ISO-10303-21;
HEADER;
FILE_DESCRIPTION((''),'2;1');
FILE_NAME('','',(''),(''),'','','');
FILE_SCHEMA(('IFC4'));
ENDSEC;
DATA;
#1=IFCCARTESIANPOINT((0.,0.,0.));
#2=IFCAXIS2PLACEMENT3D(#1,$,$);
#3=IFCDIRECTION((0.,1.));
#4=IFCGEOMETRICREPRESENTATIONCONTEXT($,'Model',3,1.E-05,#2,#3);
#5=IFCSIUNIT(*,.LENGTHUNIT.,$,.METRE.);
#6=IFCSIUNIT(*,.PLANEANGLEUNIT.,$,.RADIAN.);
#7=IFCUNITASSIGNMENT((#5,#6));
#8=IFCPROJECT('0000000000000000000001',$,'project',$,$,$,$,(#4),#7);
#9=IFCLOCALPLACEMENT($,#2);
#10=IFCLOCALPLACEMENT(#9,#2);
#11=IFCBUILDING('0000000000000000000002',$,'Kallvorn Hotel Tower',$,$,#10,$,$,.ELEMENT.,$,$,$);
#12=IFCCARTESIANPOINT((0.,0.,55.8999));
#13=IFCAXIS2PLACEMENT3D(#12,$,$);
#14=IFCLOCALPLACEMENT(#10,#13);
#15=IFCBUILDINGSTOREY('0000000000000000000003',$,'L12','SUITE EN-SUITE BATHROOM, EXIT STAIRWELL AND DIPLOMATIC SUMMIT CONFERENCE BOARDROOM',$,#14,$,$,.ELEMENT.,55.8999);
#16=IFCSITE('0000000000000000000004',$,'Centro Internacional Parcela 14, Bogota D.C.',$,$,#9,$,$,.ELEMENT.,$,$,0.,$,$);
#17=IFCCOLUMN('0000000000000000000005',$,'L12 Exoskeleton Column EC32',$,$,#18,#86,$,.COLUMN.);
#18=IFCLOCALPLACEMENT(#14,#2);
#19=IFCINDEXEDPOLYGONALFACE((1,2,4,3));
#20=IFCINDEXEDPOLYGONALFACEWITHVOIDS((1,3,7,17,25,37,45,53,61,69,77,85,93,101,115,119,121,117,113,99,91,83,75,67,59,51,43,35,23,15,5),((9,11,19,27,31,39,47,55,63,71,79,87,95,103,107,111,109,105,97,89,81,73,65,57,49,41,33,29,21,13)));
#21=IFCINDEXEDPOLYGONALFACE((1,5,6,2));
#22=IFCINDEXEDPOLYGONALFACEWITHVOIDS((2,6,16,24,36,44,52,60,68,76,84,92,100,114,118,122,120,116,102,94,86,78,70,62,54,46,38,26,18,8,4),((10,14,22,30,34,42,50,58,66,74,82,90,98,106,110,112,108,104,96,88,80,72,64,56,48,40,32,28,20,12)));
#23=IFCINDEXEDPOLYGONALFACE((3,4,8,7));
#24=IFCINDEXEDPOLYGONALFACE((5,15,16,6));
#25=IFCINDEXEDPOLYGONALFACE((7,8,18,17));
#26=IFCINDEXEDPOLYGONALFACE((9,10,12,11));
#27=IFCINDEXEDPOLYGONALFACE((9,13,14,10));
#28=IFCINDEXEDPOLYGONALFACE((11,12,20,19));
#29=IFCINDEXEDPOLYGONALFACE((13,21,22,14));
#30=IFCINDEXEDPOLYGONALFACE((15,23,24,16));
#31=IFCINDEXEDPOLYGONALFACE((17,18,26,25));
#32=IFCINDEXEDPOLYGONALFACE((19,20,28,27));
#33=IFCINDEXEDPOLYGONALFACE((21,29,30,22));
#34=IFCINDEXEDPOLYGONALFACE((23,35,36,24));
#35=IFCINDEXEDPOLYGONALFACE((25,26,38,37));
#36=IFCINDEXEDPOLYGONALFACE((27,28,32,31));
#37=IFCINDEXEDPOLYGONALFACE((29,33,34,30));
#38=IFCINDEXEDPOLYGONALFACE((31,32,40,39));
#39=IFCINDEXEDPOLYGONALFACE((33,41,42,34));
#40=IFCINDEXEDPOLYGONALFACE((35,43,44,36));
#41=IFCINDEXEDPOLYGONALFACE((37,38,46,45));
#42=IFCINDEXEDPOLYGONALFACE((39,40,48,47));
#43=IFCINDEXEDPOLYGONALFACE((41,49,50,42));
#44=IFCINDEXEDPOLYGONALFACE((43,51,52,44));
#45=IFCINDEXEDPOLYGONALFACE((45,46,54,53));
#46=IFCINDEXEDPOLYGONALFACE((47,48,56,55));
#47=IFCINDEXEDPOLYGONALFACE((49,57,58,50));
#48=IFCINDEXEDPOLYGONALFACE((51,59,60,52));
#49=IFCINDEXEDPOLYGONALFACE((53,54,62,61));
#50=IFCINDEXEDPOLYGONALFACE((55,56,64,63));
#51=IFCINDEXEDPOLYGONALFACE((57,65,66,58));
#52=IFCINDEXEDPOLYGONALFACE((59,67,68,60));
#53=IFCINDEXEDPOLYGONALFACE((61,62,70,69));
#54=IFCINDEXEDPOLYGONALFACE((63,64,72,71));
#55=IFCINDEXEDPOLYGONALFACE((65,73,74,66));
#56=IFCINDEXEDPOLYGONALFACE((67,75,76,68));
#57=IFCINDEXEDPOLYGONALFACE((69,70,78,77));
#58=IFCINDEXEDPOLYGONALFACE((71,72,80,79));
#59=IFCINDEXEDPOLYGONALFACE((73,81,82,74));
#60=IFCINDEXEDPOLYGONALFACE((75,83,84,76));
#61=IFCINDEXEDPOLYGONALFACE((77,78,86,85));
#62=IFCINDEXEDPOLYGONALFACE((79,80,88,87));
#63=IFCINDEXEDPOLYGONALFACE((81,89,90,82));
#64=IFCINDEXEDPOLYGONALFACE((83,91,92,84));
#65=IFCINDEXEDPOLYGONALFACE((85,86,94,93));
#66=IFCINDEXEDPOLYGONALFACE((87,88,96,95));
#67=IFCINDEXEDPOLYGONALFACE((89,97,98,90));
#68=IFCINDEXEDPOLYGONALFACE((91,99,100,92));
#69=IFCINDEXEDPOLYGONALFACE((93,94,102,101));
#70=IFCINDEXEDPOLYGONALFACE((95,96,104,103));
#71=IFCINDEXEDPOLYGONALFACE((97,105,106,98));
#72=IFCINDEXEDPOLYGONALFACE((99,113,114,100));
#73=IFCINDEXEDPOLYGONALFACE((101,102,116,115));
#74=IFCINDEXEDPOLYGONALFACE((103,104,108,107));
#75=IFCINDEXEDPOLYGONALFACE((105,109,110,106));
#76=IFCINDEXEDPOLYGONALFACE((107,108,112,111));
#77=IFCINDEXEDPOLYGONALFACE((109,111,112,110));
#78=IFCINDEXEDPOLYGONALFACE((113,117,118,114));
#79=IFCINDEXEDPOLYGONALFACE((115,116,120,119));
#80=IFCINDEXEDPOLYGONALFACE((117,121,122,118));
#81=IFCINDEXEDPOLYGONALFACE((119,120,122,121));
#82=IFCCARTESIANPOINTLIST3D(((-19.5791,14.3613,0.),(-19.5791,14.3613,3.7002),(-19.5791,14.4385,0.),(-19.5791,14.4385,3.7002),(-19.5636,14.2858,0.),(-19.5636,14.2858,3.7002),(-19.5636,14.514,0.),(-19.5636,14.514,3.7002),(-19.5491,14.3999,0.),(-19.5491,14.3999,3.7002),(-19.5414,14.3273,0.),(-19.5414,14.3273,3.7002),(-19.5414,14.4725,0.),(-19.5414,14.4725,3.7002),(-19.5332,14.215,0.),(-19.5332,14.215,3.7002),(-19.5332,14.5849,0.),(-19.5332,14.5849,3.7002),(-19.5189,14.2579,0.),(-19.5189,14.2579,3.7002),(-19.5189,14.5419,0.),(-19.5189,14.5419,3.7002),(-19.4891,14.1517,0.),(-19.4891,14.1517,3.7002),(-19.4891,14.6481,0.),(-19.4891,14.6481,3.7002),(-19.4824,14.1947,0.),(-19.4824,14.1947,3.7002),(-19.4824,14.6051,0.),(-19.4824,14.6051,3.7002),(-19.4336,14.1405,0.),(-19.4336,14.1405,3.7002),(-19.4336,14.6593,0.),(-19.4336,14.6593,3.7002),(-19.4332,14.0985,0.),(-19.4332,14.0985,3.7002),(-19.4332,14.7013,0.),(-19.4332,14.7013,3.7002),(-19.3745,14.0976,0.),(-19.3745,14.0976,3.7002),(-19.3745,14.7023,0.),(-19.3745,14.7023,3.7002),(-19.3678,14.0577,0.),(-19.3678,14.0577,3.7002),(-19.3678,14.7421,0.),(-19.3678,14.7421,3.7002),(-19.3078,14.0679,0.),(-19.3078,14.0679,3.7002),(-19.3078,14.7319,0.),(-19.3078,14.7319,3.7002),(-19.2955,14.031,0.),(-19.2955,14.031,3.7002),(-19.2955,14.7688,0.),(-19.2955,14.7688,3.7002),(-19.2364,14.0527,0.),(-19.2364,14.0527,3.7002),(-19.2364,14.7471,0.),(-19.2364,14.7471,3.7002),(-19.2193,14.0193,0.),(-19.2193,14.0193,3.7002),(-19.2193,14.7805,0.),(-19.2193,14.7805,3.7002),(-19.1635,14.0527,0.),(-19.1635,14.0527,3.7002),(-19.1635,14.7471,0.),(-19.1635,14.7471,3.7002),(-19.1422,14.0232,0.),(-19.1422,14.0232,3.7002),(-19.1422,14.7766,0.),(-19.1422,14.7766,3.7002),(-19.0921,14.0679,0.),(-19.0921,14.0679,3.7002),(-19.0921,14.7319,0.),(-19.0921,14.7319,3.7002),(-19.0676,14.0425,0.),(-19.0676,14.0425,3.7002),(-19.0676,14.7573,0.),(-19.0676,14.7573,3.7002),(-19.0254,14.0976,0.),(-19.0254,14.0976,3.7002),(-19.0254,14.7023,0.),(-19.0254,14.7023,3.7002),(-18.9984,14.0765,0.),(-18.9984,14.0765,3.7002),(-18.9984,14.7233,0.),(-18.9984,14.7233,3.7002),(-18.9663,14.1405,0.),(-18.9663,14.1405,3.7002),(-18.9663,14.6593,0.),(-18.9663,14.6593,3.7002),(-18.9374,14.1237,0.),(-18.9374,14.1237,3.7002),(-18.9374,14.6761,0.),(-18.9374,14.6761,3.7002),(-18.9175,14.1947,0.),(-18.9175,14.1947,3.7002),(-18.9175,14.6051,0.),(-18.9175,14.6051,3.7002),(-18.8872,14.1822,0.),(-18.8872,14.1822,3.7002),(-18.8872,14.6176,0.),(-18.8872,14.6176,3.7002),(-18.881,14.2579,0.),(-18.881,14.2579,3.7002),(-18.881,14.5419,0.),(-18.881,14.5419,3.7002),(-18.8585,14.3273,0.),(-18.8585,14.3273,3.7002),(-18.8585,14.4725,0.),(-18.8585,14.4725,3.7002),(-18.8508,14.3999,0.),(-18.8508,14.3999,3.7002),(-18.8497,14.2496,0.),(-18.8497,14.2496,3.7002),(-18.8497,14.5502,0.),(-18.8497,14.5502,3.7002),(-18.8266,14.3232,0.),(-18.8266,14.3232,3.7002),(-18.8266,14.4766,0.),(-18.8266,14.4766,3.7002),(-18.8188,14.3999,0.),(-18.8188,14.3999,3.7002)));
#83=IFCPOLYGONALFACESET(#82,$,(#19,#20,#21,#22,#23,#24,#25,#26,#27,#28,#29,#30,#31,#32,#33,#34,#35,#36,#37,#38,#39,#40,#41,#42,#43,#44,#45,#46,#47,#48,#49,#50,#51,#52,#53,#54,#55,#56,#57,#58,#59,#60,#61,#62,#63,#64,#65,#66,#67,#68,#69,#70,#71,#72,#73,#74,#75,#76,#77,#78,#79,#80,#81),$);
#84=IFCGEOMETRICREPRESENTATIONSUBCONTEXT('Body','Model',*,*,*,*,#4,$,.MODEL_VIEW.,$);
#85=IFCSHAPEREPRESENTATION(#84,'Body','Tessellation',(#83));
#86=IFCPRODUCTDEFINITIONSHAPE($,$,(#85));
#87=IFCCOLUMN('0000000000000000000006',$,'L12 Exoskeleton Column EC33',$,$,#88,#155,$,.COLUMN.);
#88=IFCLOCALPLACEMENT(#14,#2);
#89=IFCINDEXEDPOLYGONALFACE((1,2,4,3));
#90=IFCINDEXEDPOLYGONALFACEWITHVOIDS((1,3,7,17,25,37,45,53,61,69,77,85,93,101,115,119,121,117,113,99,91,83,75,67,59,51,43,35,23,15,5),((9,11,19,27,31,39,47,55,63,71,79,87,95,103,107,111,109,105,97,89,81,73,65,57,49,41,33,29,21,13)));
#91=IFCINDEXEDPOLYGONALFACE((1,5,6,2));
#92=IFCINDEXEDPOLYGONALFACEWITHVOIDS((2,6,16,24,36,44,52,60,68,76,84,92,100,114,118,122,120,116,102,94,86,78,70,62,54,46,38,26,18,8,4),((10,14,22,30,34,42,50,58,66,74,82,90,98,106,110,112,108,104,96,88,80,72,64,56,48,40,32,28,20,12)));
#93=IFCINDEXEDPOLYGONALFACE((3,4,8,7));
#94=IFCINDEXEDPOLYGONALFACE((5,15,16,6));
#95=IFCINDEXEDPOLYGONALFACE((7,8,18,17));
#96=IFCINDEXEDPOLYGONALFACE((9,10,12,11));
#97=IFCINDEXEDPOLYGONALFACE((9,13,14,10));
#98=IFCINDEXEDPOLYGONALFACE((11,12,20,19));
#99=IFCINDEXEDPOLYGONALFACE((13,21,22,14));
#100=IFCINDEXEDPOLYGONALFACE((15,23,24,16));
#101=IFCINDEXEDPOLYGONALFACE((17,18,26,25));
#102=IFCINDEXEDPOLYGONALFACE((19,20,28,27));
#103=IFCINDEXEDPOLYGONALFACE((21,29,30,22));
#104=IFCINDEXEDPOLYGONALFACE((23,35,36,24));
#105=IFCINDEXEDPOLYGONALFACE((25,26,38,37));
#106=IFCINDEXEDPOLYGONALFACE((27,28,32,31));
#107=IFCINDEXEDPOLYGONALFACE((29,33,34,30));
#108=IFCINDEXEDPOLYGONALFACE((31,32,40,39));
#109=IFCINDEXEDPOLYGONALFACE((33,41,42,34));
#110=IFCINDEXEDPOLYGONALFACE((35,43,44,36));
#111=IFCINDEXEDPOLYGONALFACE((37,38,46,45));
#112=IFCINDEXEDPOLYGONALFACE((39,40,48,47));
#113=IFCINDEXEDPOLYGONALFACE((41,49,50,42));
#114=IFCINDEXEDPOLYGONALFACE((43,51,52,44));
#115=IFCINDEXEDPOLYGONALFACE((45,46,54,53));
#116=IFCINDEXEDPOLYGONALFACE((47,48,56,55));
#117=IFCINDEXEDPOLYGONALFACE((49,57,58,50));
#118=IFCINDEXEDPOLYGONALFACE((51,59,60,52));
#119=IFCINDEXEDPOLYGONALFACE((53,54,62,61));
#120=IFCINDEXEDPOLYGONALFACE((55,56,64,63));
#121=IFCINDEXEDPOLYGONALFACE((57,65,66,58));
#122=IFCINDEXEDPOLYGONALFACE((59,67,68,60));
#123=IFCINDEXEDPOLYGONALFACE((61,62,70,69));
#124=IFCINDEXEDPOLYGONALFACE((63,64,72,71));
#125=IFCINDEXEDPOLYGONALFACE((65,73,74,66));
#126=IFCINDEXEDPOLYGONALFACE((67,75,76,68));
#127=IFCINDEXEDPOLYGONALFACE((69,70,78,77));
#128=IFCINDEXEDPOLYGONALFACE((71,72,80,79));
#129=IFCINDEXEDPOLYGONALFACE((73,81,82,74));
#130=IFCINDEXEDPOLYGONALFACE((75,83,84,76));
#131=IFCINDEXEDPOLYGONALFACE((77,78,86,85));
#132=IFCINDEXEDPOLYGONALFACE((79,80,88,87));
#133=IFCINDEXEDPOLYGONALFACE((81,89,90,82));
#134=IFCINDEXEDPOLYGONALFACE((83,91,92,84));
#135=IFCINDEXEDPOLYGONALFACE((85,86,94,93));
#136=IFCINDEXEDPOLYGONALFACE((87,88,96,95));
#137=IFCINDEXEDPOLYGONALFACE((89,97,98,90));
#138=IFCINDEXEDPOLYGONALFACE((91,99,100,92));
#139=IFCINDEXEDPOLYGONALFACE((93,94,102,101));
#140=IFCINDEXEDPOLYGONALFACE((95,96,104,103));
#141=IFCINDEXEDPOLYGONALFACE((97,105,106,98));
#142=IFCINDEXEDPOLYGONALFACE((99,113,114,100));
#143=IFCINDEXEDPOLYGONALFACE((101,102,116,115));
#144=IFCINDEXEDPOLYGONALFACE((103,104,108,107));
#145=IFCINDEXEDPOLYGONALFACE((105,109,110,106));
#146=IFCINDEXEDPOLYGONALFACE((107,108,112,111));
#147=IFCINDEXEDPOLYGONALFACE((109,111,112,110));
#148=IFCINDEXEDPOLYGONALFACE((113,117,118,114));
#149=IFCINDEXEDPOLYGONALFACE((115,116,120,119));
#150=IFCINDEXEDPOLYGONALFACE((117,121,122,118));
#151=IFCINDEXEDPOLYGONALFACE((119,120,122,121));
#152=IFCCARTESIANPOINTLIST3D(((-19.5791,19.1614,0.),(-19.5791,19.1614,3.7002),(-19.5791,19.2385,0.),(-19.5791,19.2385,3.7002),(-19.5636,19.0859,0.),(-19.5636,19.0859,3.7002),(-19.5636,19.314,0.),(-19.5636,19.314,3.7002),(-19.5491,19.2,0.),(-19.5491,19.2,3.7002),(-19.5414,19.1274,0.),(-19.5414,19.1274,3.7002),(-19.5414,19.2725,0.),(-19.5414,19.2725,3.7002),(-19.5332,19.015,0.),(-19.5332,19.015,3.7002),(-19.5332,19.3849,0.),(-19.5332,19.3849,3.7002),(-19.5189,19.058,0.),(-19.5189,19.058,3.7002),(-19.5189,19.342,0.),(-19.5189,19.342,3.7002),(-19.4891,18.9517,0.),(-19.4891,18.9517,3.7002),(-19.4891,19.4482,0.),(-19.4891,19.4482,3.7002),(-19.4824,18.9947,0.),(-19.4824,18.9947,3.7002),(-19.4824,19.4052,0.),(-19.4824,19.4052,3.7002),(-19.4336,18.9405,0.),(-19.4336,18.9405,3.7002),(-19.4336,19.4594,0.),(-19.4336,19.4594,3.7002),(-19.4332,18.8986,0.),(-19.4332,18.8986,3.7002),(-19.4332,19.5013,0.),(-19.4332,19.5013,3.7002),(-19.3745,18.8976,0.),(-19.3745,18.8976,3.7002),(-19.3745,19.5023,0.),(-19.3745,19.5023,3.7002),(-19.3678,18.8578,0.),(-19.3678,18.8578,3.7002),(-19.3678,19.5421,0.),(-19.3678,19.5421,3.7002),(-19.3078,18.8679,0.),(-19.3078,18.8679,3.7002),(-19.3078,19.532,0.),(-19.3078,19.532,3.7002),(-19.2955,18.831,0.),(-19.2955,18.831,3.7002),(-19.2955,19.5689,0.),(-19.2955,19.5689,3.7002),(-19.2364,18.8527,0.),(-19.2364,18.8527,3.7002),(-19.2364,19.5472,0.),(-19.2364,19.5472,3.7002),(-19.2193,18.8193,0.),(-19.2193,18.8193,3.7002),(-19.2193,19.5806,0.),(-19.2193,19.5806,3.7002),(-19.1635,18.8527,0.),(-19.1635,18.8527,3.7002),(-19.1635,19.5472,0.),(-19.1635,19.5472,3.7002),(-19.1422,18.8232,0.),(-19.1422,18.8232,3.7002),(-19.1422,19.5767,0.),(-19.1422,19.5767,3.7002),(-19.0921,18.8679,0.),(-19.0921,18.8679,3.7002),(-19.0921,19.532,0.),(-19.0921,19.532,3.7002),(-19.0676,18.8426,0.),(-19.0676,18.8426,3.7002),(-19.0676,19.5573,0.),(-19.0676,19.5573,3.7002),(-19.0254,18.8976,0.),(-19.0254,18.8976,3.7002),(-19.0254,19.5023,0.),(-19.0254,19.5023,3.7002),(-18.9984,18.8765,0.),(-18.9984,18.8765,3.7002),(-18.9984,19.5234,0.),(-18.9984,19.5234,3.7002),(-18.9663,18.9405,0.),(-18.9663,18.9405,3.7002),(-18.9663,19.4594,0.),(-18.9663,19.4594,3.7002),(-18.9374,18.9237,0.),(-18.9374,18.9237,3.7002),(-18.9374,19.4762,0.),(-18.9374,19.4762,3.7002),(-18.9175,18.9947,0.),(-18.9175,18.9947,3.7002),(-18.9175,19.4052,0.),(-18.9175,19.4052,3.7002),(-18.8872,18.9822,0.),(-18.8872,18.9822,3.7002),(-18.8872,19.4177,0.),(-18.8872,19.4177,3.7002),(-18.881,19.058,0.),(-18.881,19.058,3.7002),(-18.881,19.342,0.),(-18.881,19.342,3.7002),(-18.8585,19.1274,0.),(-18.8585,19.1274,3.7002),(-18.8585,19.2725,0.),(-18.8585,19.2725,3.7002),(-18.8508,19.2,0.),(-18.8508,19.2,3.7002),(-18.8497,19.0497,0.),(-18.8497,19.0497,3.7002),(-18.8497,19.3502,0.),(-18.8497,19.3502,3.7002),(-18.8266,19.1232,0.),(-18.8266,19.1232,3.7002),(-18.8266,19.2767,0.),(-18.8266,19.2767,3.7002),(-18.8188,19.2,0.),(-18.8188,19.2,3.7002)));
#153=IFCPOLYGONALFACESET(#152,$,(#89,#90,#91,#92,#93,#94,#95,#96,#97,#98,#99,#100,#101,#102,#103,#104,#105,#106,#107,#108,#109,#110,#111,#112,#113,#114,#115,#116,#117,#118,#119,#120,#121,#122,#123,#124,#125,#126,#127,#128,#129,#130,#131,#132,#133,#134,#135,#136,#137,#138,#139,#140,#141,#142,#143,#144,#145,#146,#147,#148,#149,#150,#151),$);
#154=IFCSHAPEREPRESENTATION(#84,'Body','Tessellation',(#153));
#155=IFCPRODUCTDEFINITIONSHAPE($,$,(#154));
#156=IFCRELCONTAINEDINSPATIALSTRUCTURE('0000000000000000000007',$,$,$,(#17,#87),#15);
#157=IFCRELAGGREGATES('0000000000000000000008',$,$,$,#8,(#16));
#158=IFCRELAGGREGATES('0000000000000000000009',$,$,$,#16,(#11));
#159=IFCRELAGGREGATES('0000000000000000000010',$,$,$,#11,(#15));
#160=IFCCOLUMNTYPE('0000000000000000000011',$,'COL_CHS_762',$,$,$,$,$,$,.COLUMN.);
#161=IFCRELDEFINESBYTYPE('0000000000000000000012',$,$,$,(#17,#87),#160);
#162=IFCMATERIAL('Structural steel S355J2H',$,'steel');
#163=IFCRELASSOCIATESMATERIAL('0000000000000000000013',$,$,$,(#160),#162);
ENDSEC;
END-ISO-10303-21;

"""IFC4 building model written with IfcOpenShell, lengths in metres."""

from ifc_helpers import new_model, si_unit, direction, frame, origin, origin_2d, place, context, subcontext, project, spatial, hollow_circle, extrude, material, material_profile, profile_set, type_object, element, save


model = new_model("IFC4")

# Units and contexts
model_context = context("Model", 3, precision=1e-05, world=origin(), true_north=direction((0.0, 1.0)))
body_context = subcontext(model_context, "Body", "Model", "MODEL_VIEW")
ifc_project = project(units=[si_unit("LENGTHUNIT", "METRE"), si_unit("PLANEANGLEUNIT", "RADIAN")], contexts=[model_context])

# Site, building, storey
site_placement = place(None, origin())
site = spatial("IfcSite", under=ifc_project, at=site_placement, Name="Centro Internacional Parcela 14, Bogota D.C.", CompositionType="ELEMENT", RefElevation=0.0)
building_placement = place(site_placement, origin())
building = spatial("IfcBuilding", under=site, at=building_placement, Name="Kallvorn Hotel Tower", CompositionType="ELEMENT")
storey_placement = place(building_placement, frame((0.0, 0.0, 55.8999)))
storey = spatial("IfcBuildingStorey", under=building, at=storey_placement, Name="L12", Description="SUITE EN-SUITE BATHROOM, EXIT STAIRWELL AND DIPLOMATIC SUMMIT CONFERENCE BOARDROOM", CompositionType="ELEMENT", Elevation=55.8999)

# Columns
ifc_material_1 = material(Name="Structural steel S355J2H", Category="steel")
ifc_material_profile_1 = material_profile(ifc_material_1, hollow_circle(Radius=0.3811, WallThickness=0.032, at=origin_2d()), Name="CHS 762x32")
ifc_profile_set_1 = profile_set([ifc_material_profile_1], Name="Structural steel S355J2H")
column_type_1 = type_object("IfcColumnType", Name="COL_CHS_762", PredefinedType="COLUMN", material=ifc_profile_set_1)
for number, where, z_axis, x_axis, name in (
    (1, (-19.2, 14.3999, 0.0), (0.0, 0.0, 1.0), (1.0, 0.0, 0.0), "L12 Exoskeleton Column EC32"),
    (2, (-19.2, 19.2, 0.0), (0.0, 0.0, 1.0), (1.0, 0.0, 0.0), "L12 Exoskeleton Column EC33"),
):
    element("IfcColumn", number, at=place(storey_placement, frame(where, z_axis=z_axis, x_axis=x_axis)), inside=storey, type_object=column_type_1, Name=name, PredefinedType="COLUMN", context=body_context, shape_type="SweptSolid", body=[
        extrude(hollow_circle(Radius=0.3811, WallThickness=0.032, at=origin_2d()), origin(), (0.0, 0.0, 1.0), 3.7002),
    ])

save(model, "model.ifc")
